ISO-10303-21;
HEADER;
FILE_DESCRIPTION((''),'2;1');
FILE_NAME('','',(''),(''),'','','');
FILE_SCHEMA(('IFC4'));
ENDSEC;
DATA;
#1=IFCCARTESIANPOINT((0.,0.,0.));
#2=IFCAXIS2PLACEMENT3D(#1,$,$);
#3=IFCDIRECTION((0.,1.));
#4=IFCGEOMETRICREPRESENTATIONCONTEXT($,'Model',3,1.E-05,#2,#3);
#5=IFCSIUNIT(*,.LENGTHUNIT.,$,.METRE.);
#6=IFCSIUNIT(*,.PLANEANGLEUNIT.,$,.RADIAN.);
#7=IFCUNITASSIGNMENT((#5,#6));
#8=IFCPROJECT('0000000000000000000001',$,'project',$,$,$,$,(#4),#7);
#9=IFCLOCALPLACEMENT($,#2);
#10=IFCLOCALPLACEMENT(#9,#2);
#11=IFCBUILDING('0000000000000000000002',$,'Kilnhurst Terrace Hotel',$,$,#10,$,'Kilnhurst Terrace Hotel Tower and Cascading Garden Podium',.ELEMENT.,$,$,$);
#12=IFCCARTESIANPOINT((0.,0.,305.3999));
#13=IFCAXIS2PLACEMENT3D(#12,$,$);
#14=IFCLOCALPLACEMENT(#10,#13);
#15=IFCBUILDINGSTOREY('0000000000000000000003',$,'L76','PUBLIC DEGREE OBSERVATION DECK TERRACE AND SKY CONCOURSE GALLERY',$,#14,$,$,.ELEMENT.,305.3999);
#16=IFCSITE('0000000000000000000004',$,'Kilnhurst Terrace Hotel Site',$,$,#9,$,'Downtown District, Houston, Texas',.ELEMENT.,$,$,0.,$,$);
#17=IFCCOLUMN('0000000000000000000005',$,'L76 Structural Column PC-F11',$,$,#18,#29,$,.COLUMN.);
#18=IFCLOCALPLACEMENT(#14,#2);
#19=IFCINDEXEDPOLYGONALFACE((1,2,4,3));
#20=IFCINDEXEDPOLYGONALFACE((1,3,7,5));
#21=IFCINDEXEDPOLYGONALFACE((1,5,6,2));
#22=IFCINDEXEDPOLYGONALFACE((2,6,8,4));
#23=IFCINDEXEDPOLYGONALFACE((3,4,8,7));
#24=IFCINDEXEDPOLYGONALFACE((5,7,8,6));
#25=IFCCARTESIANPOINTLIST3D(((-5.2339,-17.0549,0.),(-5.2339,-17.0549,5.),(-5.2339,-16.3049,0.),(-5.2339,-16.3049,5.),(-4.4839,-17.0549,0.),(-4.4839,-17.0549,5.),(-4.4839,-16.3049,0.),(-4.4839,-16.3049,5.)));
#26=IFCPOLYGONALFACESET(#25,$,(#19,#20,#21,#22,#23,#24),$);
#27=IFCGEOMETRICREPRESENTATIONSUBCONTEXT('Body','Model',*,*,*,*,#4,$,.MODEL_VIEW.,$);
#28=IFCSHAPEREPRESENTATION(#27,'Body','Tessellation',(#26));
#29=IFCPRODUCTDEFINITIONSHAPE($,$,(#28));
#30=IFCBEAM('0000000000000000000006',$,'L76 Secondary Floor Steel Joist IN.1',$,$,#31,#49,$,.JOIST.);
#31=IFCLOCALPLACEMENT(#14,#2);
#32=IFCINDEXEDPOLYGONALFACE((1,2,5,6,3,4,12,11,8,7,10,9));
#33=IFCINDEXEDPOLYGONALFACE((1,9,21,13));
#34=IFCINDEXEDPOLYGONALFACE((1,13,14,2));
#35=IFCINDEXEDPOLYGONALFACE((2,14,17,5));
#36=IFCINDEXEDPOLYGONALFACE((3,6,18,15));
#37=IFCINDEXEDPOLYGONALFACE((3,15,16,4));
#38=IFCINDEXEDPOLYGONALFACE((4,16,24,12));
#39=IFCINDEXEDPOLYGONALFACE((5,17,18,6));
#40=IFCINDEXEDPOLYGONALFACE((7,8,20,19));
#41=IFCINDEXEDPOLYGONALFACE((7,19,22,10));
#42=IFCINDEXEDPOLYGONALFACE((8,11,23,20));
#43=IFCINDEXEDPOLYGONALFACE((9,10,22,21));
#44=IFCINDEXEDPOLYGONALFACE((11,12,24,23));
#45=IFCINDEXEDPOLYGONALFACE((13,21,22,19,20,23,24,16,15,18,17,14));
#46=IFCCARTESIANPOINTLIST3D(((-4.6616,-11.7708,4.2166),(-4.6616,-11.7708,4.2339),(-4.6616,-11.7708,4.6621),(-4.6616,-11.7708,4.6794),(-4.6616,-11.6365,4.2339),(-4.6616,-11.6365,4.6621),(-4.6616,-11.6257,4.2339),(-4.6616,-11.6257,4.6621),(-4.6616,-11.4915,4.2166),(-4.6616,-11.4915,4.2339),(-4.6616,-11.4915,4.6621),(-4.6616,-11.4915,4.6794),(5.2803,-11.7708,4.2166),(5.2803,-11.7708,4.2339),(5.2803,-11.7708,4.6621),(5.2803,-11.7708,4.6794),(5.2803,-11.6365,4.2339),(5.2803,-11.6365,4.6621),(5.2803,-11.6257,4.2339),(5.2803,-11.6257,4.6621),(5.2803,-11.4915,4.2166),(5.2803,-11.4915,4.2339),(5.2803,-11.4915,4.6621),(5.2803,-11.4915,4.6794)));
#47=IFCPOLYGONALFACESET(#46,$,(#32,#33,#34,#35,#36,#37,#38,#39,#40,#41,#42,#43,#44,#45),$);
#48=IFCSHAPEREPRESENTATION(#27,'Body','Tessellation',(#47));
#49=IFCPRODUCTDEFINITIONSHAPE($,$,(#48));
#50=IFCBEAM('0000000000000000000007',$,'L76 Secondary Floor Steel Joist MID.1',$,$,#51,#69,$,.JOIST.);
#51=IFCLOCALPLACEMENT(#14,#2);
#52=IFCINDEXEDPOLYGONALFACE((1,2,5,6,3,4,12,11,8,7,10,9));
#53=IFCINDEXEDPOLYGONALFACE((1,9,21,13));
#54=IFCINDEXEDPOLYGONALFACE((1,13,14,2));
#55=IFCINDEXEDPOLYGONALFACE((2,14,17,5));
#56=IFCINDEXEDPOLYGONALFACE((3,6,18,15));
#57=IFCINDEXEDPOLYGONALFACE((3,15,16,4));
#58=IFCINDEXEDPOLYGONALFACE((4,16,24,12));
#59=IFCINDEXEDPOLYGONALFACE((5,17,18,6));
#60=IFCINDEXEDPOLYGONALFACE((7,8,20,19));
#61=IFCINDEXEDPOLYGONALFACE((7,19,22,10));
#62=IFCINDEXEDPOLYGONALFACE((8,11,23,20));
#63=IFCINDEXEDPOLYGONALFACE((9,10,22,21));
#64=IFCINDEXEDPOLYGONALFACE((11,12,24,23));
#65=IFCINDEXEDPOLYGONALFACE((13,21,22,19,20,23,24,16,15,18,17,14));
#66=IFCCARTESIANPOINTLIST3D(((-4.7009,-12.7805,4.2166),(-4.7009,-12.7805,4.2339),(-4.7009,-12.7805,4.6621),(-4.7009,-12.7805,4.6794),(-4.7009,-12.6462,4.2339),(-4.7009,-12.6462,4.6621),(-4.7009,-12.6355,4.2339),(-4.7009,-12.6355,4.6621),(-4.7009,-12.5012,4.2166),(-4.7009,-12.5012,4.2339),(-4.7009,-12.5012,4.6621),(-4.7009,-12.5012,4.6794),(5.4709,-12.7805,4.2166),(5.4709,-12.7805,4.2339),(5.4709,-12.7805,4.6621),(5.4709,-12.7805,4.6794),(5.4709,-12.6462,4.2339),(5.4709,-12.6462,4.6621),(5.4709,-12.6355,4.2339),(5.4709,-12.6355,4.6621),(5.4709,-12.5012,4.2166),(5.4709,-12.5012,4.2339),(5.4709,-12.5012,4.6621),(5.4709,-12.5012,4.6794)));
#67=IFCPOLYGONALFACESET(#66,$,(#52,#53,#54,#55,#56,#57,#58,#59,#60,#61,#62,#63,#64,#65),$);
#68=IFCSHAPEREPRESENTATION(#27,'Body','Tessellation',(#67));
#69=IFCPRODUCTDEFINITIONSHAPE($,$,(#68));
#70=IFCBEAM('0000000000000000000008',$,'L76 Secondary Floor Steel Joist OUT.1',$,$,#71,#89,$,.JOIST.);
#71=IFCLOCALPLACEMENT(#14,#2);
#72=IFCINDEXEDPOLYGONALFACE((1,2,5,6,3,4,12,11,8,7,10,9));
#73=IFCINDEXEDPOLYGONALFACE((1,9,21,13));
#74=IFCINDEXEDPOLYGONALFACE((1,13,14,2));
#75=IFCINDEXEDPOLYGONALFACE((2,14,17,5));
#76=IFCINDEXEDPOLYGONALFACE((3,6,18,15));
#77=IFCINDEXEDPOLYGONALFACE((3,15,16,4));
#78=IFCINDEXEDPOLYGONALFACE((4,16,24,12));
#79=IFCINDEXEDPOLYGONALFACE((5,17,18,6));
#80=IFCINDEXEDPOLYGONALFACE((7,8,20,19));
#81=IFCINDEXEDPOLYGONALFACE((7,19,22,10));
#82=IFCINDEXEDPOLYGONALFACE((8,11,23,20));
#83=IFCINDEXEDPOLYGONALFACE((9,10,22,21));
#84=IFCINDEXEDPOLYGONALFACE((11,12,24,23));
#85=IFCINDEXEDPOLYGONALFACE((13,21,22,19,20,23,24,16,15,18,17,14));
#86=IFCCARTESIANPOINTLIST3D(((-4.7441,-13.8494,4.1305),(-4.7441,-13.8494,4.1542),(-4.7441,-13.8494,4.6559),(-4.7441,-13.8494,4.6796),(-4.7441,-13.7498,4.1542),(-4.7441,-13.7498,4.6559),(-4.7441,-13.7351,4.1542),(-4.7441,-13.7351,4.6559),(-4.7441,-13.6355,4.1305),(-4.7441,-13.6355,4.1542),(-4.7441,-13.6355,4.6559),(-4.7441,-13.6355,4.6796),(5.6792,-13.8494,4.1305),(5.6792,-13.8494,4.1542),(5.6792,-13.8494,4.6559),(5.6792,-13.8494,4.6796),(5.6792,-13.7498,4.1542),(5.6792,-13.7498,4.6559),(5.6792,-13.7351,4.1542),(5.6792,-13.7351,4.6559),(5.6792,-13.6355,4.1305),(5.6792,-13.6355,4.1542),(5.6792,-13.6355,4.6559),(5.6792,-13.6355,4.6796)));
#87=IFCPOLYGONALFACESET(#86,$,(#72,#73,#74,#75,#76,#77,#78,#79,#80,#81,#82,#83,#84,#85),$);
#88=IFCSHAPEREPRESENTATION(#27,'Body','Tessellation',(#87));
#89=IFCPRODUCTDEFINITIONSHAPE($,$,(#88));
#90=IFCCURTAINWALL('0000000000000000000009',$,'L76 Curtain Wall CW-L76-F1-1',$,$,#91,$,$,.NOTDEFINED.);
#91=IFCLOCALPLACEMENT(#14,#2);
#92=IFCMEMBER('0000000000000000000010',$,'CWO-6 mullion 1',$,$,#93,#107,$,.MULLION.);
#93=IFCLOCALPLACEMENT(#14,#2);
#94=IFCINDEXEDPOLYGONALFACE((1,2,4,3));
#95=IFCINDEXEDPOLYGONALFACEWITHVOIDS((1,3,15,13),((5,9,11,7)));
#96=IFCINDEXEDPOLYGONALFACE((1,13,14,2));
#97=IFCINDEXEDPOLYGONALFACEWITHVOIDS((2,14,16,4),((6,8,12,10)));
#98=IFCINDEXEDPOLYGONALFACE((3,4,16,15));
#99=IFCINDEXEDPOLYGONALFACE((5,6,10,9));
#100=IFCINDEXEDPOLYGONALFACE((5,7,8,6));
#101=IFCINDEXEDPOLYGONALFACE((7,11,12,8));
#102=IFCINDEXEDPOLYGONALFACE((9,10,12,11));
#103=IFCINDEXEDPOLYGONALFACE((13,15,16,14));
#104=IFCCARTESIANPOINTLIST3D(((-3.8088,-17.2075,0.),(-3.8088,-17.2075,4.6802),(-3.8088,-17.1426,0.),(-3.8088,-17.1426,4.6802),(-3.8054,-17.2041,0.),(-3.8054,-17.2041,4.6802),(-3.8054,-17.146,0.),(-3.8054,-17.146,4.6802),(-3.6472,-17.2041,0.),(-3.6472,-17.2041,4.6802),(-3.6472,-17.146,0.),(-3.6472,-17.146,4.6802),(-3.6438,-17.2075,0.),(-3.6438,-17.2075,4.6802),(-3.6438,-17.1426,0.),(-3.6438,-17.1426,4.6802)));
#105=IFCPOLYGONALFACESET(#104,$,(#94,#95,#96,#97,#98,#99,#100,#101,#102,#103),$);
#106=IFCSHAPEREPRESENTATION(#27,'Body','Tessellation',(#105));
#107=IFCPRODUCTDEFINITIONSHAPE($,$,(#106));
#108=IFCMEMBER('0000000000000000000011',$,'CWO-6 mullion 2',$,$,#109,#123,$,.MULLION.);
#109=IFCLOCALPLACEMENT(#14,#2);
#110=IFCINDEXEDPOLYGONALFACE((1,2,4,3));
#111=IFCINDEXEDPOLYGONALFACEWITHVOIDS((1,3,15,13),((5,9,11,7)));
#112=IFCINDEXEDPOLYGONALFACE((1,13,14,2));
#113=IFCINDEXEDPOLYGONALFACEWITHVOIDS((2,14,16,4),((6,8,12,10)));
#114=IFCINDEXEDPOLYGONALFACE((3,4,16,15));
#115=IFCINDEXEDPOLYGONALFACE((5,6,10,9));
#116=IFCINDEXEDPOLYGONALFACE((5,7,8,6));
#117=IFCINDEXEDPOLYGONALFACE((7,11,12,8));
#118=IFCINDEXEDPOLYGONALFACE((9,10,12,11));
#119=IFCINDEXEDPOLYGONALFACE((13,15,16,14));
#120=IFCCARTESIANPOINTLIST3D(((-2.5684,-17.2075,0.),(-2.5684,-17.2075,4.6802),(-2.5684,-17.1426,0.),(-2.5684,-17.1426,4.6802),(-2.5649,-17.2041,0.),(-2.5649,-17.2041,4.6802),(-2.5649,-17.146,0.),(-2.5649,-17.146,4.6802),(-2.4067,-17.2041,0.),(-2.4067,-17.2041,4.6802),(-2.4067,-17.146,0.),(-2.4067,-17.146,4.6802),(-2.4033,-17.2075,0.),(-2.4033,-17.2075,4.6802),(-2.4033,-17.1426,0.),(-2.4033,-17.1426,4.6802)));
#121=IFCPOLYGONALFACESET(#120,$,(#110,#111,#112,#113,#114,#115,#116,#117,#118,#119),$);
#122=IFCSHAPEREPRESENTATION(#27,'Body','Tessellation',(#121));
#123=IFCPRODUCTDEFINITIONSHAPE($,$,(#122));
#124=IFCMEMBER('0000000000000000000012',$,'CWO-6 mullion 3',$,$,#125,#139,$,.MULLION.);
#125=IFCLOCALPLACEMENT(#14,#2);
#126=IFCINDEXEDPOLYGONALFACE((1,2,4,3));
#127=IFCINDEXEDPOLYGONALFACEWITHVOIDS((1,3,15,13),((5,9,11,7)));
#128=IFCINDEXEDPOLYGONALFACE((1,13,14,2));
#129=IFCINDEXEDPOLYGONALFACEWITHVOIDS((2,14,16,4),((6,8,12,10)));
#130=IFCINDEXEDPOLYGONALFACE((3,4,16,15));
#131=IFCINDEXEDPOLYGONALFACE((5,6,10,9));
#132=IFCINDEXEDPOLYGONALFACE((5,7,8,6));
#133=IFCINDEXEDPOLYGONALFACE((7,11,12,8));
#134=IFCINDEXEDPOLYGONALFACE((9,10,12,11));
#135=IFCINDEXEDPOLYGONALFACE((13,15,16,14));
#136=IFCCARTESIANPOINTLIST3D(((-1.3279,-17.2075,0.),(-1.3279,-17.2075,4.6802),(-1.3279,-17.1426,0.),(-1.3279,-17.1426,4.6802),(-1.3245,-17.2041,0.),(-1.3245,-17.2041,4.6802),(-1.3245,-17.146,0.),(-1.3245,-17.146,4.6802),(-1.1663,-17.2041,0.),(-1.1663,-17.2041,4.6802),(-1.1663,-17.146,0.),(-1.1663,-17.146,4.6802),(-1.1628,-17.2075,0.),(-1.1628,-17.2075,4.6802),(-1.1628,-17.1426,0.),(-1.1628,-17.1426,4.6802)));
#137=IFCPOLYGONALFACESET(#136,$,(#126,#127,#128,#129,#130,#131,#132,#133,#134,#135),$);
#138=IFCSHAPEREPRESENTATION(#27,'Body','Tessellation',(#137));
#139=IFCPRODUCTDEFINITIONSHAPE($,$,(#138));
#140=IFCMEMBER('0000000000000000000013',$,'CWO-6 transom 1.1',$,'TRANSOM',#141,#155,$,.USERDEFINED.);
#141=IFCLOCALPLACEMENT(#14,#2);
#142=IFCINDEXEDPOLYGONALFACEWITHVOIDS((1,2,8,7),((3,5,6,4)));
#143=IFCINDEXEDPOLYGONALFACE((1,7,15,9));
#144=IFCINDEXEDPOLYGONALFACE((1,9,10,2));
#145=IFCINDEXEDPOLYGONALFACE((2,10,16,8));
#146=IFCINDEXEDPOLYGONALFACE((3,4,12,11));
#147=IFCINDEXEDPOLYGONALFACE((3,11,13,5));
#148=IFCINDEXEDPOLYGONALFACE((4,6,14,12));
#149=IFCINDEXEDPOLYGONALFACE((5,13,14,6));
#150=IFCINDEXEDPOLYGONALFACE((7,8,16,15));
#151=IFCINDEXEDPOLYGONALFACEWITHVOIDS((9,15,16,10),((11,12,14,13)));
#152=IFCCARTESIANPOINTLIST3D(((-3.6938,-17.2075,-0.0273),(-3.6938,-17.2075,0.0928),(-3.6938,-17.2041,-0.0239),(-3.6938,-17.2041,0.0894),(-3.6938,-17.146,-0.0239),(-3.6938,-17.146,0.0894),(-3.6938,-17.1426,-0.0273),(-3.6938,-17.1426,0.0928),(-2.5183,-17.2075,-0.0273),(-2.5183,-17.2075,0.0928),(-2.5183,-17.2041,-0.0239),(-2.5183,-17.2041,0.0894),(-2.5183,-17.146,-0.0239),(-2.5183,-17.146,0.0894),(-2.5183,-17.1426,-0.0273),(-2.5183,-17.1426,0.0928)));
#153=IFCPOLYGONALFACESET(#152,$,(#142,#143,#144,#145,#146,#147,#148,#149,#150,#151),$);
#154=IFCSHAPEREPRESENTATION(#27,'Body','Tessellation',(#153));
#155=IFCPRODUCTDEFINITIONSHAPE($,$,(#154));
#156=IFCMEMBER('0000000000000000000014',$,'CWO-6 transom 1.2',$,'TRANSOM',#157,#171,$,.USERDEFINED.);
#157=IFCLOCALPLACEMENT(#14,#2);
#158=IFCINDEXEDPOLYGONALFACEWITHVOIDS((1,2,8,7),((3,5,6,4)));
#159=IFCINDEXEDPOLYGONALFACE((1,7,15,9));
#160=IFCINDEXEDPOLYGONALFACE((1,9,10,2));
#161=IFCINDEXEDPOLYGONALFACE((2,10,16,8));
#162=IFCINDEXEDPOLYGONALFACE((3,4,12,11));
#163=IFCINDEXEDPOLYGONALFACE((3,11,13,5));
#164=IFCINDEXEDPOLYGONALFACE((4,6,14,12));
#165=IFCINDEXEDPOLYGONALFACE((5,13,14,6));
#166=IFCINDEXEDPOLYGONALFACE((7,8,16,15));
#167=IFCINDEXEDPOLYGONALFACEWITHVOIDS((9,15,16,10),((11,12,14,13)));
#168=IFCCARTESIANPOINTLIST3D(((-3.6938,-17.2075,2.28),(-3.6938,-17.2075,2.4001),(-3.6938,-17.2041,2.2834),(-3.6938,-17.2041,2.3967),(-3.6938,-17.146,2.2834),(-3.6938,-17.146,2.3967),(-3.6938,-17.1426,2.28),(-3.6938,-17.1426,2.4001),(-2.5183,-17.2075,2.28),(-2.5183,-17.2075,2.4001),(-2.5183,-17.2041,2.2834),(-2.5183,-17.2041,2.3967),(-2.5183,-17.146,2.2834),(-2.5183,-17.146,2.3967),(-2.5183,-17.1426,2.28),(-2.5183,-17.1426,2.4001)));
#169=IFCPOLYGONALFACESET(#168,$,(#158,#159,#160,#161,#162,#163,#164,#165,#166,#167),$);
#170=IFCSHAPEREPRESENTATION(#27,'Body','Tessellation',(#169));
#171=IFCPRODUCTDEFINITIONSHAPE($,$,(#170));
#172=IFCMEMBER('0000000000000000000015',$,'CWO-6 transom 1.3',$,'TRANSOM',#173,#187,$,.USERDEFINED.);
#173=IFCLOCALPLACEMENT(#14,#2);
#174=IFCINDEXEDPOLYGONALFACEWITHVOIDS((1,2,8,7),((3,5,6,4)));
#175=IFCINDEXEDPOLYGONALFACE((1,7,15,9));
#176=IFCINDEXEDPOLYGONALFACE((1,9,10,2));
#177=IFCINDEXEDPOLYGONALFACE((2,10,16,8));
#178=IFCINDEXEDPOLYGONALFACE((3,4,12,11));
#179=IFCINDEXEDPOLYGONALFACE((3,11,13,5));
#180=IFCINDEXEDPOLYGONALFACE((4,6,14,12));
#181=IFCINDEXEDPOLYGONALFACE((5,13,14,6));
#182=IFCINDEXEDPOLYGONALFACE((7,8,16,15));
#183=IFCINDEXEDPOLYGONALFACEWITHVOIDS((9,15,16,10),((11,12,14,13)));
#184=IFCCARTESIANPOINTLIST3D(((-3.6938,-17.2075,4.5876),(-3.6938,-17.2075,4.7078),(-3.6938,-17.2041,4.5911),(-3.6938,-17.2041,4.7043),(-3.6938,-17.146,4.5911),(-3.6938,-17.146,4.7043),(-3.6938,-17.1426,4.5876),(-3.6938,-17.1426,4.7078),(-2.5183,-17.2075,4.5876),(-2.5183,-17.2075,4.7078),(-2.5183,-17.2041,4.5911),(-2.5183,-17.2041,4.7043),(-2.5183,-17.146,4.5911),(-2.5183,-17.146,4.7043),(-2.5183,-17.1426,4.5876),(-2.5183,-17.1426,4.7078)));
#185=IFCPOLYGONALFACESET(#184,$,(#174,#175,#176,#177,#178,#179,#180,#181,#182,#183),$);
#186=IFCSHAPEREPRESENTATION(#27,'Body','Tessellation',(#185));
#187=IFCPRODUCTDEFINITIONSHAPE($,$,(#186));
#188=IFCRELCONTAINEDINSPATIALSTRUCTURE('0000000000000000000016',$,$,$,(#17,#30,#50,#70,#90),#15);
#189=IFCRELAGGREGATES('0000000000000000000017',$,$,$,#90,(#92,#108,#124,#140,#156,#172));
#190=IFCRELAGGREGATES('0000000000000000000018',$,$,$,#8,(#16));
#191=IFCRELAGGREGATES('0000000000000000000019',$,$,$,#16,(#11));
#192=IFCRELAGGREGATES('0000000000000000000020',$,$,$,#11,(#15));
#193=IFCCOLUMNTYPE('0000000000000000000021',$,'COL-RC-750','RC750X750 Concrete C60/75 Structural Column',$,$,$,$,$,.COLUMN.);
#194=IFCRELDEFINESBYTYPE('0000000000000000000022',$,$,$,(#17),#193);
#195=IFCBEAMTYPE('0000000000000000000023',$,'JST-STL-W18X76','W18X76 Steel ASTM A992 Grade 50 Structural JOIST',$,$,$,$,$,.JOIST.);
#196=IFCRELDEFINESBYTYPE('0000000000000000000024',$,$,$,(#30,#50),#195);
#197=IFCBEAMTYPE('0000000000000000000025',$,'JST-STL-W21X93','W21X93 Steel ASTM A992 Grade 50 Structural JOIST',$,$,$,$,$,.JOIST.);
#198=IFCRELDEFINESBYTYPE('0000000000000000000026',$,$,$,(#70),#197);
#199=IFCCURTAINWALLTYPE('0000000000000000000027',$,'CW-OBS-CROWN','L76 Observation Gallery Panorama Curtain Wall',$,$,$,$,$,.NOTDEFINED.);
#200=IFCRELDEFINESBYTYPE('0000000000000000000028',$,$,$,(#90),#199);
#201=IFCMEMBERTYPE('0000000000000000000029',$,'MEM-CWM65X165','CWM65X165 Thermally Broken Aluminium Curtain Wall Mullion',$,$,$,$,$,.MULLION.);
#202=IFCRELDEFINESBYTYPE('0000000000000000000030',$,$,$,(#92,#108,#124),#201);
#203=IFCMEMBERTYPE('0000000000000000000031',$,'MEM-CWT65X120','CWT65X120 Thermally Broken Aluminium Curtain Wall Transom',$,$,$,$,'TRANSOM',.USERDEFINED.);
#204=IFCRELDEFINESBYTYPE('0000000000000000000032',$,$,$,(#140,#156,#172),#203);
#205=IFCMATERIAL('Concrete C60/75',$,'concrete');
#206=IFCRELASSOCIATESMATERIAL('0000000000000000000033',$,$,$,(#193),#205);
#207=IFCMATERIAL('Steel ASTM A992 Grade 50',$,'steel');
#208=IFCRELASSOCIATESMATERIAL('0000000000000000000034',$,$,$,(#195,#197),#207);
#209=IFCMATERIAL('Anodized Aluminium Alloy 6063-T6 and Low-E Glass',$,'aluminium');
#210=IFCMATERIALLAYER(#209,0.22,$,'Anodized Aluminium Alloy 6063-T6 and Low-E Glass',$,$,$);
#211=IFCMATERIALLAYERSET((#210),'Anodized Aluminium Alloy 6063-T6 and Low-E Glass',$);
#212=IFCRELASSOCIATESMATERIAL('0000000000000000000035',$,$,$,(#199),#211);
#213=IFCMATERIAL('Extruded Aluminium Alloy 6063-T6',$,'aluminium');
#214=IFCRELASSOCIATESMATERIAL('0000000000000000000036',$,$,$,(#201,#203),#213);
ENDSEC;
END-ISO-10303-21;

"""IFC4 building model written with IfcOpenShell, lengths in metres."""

from ifc_helpers import new_model, si_unit, direction, frame, origin, origin_2d, place, context, subcontext, project, spatial, rectangle, hollow_rectangle, i_section, extrude, material, layer, layer_set, material_profile, profile_set, type_object, element, aggregate, save


model = new_model("IFC4")

# Units and contexts
model_context = context("Model", 3, precision=1e-05, world=origin(), true_north=direction((0.0, 1.0)))
body_context = subcontext(model_context, "Body", "Model", "MODEL_VIEW")
ifc_project = project(units=[si_unit("LENGTHUNIT", "METRE"), si_unit("PLANEANGLEUNIT", "RADIAN")], contexts=[model_context])

# Site, building, storey
site_placement = place(None, origin())
site = spatial("IfcSite", under=ifc_project, at=site_placement, Name="Kilnhurst Terrace Hotel Site", LongName="Downtown District, Houston, Texas", CompositionType="ELEMENT", RefElevation=0.0)
building_placement = place(site_placement, origin())
building = spatial("IfcBuilding", under=site, at=building_placement, Name="Kilnhurst Terrace Hotel", LongName="Kilnhurst Terrace Hotel Tower and Cascading Garden Podium", CompositionType="ELEMENT")
storey_placement = place(building_placement, frame((0.0, 0.0, 305.3999)))
storey = spatial("IfcBuildingStorey", under=building, at=storey_placement, Name="L76", Description="PUBLIC DEGREE OBSERVATION DECK TERRACE AND SKY CONCOURSE GALLERY", CompositionType="ELEMENT", Elevation=305.3999)

# Column
ifc_material_1 = material(Name="Concrete C60/75", Category="concrete")
ifc_material_profile_1 = material_profile(ifc_material_1, rectangle(XDim=0.75, YDim=0.75, at=origin_2d()), Name="RC750X750")
ifc_profile_set_1 = profile_set([ifc_material_profile_1], Name="Concrete C60/75")
column_type = type_object("IfcColumnType", Name="COL-RC-750", Description="RC750X750 Concrete C60/75 Structural Column", PredefinedType="COLUMN", material=ifc_profile_set_1)
column_placement = place(storey_placement, frame((-4.8589, -16.6799, 0.0), z_axis=(0.0, 0.0, 1.0), x_axis=(1.0, 0.0, 0.0)))
element("IfcColumn", 1, at=column_placement, inside=storey, type_object=column_type, Name="L76 Structural Column PC-F11", PredefinedType="COLUMN", context=body_context, shape_type="SweptSolid", body=[
    extrude(rectangle(XDim=0.75, YDim=0.75, at=origin_2d()), origin(), (0.0, 0.0, 1.0), 5.0),
])

# Beams
ifc_material_2 = material(Name="Steel ASTM A992 Grade 50", Category="steel")
ifc_material_profile_2 = material_profile(ifc_material_2, i_section(OverallWidth=0.2793, OverallDepth=0.4629, WebThickness=0.0107, FlangeThickness=0.0173, at=origin_2d()), Name="W18X76")
ifc_profile_set_2 = profile_set([ifc_material_profile_2], Name="Steel ASTM A992 Grade 50")
beam_type_1 = type_object("IfcBeamType", Name="JST-STL-W18X76", Description="W18X76 Steel ASTM A992 Grade 50 Structural JOIST", PredefinedType="JOIST", material=ifc_profile_set_2)
beam_1_placement = place(storey_placement, frame((-4.6616, -11.6311, 4.448), z_axis=(1.0, 0.0, 0.0), x_axis=(0.0, 1.0, 0.0)))
element("IfcBeam", 2, at=beam_1_placement, inside=storey, type_object=beam_type_1, Name="L76 Secondary Floor Steel Joist IN.1", PredefinedType="JOIST", context=body_context, shape_type="SweptSolid", body=[
    extrude(i_section(OverallWidth=0.2793, OverallDepth=0.4629, WebThickness=0.0107, FlangeThickness=0.0173, at=origin_2d()), origin(), (0.0, 0.0, 1.0), 9.9419),
])
beam_2_placement = place(storey_placement, frame((-4.7009, -12.6409, 4.448), z_axis=(1.0, 0.0, 0.0), x_axis=(0.0, 1.0, 0.0)))
element("IfcBeam", 3, at=beam_2_placement, inside=storey, type_object=beam_type_1, Name="L76 Secondary Floor Steel Joist MID.1", PredefinedType="JOIST", context=body_context, shape_type="SweptSolid", body=[
    extrude(i_section(OverallWidth=0.2793, OverallDepth=0.4629, WebThickness=0.0107, FlangeThickness=0.0173, at=origin_2d()), origin(), (0.0, 0.0, 1.0), 10.1719),
])
ifc_material_profile_3 = material_profile(ifc_material_2, i_section(OverallWidth=0.2139, OverallDepth=0.5491, WebThickness=0.0146, FlangeThickness=0.0237, at=origin_2d()), Name="W21X93")
ifc_profile_set_3 = profile_set([ifc_material_profile_3], Name="Steel ASTM A992 Grade 50")
beam_type_2 = type_object("IfcBeamType", Name="JST-STL-W21X93", Description="W21X93 Steel ASTM A992 Grade 50 Structural JOIST", PredefinedType="JOIST", material=ifc_profile_set_3)
beam_3_placement = place(storey_placement, frame((-4.7441, -13.7424, 4.405), z_axis=(1.0, 0.0, 0.0), x_axis=(0.0, 1.0, 0.0)))
element("IfcBeam", 4, at=beam_3_placement, inside=storey, type_object=beam_type_2, Name="L76 Secondary Floor Steel Joist OUT.1", PredefinedType="JOIST", context=body_context, shape_type="SweptSolid", body=[
    extrude(i_section(OverallWidth=0.2139, OverallDepth=0.5491, WebThickness=0.0146, FlangeThickness=0.0237, at=origin_2d()), origin(), (0.0, 0.0, 1.0), 10.4233),
])

# Curtain wall, members
ifc_material_3 = material(Name="Anodized Aluminium Alloy 6063-T6 and Low-E Glass", Category="aluminium")
ifc_layer_1 = layer(ifc_material_3, 0.22, Name="Anodized Aluminium Alloy 6063-T6 and Low-E Glass")
ifc_layer_set_1 = layer_set([ifc_layer_1], Name="Anodized Aluminium Alloy 6063-T6 and Low-E Glass")
curtain_wall_type = type_object("IfcCurtainWallType", Name="CW-OBS-CROWN", Description="L76 Observation Gallery Panorama Curtain Wall", PredefinedType="NOTDEFINED", material=ifc_layer_set_1)
curtain_wall_placement = place(storey_placement, origin())
curtain_wall = element("IfcCurtainWall", 5, at=curtain_wall_placement, inside=storey, type_object=curtain_wall_type, Name="L76 Curtain Wall CW-L76-F1-1", PredefinedType="NOTDEFINED")
ifc_material_4 = material(Name="Extruded Aluminium Alloy 6063-T6", Category="aluminium")
ifc_material_profile_4 = material_profile(ifc_material_4, hollow_rectangle(XDim=0.0649, YDim=0.165, WallThickness=0.0034, at=origin_2d()), Name="CWM65X165")
ifc_profile_set_4 = profile_set([ifc_material_profile_4], Name="Extruded Aluminium Alloy 6063-T6")
member_type_1 = type_object("IfcMemberType", Name="MEM-CWM65X165", Description="CWM65X165 Thermally Broken Aluminium Curtain Wall Mullion", PredefinedType="MULLION", material=ifc_profile_set_4)
member_1_placement = place(storey_placement, frame((-3.7263, -17.175, 0.0), z_axis=(0.0, 0.0, 1.0), x_axis=(0.0, 1.0, 0.0)))
member_1 = element("IfcMember", 6, at=member_1_placement, type_object=member_type_1, Name="CWO-6 mullion 1", PredefinedType="MULLION", context=body_context, shape_type="SweptSolid", body=[
    extrude(hollow_rectangle(XDim=0.0649, YDim=0.165, WallThickness=0.0034, at=origin_2d()), origin(), (0.0, 0.0, 1.0), 4.6802),
])
member_2_placement = place(storey_placement, frame((-2.4858, -17.175, 0.0), z_axis=(0.0, 0.0, 1.0), x_axis=(0.0, 1.0, 0.0)))
member_2 = element("IfcMember", 7, at=member_2_placement, type_object=member_type_1, Name="CWO-6 mullion 2", PredefinedType="MULLION", context=body_context, shape_type="SweptSolid", body=[
    extrude(hollow_rectangle(XDim=0.0649, YDim=0.165, WallThickness=0.0034, at=origin_2d()), origin(), (0.0, 0.0, 1.0), 4.6802),
])
member_3_placement = place(storey_placement, frame((-1.2454, -17.175, 0.0), z_axis=(0.0, 0.0, 1.0), x_axis=(0.0, 1.0, 0.0)))
member_3 = element("IfcMember", 8, at=member_3_placement, type_object=member_type_1, Name="CWO-6 mullion 3", PredefinedType="MULLION", context=body_context, shape_type="SweptSolid", body=[
    extrude(hollow_rectangle(XDim=0.0649, YDim=0.165, WallThickness=0.0034, at=origin_2d()), origin(), (0.0, 0.0, 1.0), 4.6802),
])
ifc_material_profile_5 = material_profile(ifc_material_4, hollow_rectangle(XDim=0.0649, YDim=0.1201, WallThickness=0.0034, at=origin_2d()), Name="CWT65X120")
ifc_profile_set_5 = profile_set([ifc_material_profile_5], Name="Extruded Aluminium Alloy 6063-T6")
member_type_2 = type_object("IfcMemberType", Name="MEM-CWT65X120", Description="CWT65X120 Thermally Broken Aluminium Curtain Wall Transom", ElementType="TRANSOM", PredefinedType="USERDEFINED", material=ifc_profile_set_5)
member_4_placement = place(storey_placement, frame((-3.6938, -17.175, 0.0327), z_axis=(1.0, 0.0, 0.0), x_axis=(0.0, 1.0, 0.0)))
member_4 = element("IfcMember", 9, at=member_4_placement, type_object=member_type_2, Name="CWO-6 transom 1.1", ObjectType="TRANSOM", PredefinedType="USERDEFINED", context=body_context, shape_type="SweptSolid", body=[
    extrude(hollow_rectangle(XDim=0.0649, YDim=0.1201, WallThickness=0.0034, at=origin_2d()), origin(), (0.0, 0.0, 1.0), 1.1755),
])
member_5_placement = place(storey_placement, frame((-3.6938, -17.175, 2.3401), z_axis=(1.0, 0.0, 0.0), x_axis=(0.0, 1.0, 0.0)))
member_5 = element("IfcMember", 10, at=member_5_placement, type_object=member_type_2, Name="CWO-6 transom 1.2", ObjectType="TRANSOM", PredefinedType="USERDEFINED", context=body_context, shape_type="SweptSolid", body=[
    extrude(hollow_rectangle(XDim=0.0649, YDim=0.1201, WallThickness=0.0034, at=origin_2d()), origin(), (0.0, 0.0, 1.0), 1.1755),
])
member_6_placement = place(storey_placement, frame((-3.6938, -17.175, 4.6477), z_axis=(1.0, 0.0, 0.0), x_axis=(0.0, 1.0, 0.0)))
member_6 = element("IfcMember", 11, at=member_6_placement, type_object=member_type_2, Name="CWO-6 transom 1.3", ObjectType="TRANSOM", PredefinedType="USERDEFINED", context=body_context, shape_type="SweptSolid", body=[
    extrude(hollow_rectangle(XDim=0.0649, YDim=0.1201, WallThickness=0.0034, at=origin_2d()), origin(), (0.0, 0.0, 1.0), 1.1755),
])

aggregate(curtain_wall, [member_1, member_2, member_3, member_4, member_5, member_6])

save(model, "model.ifc")
